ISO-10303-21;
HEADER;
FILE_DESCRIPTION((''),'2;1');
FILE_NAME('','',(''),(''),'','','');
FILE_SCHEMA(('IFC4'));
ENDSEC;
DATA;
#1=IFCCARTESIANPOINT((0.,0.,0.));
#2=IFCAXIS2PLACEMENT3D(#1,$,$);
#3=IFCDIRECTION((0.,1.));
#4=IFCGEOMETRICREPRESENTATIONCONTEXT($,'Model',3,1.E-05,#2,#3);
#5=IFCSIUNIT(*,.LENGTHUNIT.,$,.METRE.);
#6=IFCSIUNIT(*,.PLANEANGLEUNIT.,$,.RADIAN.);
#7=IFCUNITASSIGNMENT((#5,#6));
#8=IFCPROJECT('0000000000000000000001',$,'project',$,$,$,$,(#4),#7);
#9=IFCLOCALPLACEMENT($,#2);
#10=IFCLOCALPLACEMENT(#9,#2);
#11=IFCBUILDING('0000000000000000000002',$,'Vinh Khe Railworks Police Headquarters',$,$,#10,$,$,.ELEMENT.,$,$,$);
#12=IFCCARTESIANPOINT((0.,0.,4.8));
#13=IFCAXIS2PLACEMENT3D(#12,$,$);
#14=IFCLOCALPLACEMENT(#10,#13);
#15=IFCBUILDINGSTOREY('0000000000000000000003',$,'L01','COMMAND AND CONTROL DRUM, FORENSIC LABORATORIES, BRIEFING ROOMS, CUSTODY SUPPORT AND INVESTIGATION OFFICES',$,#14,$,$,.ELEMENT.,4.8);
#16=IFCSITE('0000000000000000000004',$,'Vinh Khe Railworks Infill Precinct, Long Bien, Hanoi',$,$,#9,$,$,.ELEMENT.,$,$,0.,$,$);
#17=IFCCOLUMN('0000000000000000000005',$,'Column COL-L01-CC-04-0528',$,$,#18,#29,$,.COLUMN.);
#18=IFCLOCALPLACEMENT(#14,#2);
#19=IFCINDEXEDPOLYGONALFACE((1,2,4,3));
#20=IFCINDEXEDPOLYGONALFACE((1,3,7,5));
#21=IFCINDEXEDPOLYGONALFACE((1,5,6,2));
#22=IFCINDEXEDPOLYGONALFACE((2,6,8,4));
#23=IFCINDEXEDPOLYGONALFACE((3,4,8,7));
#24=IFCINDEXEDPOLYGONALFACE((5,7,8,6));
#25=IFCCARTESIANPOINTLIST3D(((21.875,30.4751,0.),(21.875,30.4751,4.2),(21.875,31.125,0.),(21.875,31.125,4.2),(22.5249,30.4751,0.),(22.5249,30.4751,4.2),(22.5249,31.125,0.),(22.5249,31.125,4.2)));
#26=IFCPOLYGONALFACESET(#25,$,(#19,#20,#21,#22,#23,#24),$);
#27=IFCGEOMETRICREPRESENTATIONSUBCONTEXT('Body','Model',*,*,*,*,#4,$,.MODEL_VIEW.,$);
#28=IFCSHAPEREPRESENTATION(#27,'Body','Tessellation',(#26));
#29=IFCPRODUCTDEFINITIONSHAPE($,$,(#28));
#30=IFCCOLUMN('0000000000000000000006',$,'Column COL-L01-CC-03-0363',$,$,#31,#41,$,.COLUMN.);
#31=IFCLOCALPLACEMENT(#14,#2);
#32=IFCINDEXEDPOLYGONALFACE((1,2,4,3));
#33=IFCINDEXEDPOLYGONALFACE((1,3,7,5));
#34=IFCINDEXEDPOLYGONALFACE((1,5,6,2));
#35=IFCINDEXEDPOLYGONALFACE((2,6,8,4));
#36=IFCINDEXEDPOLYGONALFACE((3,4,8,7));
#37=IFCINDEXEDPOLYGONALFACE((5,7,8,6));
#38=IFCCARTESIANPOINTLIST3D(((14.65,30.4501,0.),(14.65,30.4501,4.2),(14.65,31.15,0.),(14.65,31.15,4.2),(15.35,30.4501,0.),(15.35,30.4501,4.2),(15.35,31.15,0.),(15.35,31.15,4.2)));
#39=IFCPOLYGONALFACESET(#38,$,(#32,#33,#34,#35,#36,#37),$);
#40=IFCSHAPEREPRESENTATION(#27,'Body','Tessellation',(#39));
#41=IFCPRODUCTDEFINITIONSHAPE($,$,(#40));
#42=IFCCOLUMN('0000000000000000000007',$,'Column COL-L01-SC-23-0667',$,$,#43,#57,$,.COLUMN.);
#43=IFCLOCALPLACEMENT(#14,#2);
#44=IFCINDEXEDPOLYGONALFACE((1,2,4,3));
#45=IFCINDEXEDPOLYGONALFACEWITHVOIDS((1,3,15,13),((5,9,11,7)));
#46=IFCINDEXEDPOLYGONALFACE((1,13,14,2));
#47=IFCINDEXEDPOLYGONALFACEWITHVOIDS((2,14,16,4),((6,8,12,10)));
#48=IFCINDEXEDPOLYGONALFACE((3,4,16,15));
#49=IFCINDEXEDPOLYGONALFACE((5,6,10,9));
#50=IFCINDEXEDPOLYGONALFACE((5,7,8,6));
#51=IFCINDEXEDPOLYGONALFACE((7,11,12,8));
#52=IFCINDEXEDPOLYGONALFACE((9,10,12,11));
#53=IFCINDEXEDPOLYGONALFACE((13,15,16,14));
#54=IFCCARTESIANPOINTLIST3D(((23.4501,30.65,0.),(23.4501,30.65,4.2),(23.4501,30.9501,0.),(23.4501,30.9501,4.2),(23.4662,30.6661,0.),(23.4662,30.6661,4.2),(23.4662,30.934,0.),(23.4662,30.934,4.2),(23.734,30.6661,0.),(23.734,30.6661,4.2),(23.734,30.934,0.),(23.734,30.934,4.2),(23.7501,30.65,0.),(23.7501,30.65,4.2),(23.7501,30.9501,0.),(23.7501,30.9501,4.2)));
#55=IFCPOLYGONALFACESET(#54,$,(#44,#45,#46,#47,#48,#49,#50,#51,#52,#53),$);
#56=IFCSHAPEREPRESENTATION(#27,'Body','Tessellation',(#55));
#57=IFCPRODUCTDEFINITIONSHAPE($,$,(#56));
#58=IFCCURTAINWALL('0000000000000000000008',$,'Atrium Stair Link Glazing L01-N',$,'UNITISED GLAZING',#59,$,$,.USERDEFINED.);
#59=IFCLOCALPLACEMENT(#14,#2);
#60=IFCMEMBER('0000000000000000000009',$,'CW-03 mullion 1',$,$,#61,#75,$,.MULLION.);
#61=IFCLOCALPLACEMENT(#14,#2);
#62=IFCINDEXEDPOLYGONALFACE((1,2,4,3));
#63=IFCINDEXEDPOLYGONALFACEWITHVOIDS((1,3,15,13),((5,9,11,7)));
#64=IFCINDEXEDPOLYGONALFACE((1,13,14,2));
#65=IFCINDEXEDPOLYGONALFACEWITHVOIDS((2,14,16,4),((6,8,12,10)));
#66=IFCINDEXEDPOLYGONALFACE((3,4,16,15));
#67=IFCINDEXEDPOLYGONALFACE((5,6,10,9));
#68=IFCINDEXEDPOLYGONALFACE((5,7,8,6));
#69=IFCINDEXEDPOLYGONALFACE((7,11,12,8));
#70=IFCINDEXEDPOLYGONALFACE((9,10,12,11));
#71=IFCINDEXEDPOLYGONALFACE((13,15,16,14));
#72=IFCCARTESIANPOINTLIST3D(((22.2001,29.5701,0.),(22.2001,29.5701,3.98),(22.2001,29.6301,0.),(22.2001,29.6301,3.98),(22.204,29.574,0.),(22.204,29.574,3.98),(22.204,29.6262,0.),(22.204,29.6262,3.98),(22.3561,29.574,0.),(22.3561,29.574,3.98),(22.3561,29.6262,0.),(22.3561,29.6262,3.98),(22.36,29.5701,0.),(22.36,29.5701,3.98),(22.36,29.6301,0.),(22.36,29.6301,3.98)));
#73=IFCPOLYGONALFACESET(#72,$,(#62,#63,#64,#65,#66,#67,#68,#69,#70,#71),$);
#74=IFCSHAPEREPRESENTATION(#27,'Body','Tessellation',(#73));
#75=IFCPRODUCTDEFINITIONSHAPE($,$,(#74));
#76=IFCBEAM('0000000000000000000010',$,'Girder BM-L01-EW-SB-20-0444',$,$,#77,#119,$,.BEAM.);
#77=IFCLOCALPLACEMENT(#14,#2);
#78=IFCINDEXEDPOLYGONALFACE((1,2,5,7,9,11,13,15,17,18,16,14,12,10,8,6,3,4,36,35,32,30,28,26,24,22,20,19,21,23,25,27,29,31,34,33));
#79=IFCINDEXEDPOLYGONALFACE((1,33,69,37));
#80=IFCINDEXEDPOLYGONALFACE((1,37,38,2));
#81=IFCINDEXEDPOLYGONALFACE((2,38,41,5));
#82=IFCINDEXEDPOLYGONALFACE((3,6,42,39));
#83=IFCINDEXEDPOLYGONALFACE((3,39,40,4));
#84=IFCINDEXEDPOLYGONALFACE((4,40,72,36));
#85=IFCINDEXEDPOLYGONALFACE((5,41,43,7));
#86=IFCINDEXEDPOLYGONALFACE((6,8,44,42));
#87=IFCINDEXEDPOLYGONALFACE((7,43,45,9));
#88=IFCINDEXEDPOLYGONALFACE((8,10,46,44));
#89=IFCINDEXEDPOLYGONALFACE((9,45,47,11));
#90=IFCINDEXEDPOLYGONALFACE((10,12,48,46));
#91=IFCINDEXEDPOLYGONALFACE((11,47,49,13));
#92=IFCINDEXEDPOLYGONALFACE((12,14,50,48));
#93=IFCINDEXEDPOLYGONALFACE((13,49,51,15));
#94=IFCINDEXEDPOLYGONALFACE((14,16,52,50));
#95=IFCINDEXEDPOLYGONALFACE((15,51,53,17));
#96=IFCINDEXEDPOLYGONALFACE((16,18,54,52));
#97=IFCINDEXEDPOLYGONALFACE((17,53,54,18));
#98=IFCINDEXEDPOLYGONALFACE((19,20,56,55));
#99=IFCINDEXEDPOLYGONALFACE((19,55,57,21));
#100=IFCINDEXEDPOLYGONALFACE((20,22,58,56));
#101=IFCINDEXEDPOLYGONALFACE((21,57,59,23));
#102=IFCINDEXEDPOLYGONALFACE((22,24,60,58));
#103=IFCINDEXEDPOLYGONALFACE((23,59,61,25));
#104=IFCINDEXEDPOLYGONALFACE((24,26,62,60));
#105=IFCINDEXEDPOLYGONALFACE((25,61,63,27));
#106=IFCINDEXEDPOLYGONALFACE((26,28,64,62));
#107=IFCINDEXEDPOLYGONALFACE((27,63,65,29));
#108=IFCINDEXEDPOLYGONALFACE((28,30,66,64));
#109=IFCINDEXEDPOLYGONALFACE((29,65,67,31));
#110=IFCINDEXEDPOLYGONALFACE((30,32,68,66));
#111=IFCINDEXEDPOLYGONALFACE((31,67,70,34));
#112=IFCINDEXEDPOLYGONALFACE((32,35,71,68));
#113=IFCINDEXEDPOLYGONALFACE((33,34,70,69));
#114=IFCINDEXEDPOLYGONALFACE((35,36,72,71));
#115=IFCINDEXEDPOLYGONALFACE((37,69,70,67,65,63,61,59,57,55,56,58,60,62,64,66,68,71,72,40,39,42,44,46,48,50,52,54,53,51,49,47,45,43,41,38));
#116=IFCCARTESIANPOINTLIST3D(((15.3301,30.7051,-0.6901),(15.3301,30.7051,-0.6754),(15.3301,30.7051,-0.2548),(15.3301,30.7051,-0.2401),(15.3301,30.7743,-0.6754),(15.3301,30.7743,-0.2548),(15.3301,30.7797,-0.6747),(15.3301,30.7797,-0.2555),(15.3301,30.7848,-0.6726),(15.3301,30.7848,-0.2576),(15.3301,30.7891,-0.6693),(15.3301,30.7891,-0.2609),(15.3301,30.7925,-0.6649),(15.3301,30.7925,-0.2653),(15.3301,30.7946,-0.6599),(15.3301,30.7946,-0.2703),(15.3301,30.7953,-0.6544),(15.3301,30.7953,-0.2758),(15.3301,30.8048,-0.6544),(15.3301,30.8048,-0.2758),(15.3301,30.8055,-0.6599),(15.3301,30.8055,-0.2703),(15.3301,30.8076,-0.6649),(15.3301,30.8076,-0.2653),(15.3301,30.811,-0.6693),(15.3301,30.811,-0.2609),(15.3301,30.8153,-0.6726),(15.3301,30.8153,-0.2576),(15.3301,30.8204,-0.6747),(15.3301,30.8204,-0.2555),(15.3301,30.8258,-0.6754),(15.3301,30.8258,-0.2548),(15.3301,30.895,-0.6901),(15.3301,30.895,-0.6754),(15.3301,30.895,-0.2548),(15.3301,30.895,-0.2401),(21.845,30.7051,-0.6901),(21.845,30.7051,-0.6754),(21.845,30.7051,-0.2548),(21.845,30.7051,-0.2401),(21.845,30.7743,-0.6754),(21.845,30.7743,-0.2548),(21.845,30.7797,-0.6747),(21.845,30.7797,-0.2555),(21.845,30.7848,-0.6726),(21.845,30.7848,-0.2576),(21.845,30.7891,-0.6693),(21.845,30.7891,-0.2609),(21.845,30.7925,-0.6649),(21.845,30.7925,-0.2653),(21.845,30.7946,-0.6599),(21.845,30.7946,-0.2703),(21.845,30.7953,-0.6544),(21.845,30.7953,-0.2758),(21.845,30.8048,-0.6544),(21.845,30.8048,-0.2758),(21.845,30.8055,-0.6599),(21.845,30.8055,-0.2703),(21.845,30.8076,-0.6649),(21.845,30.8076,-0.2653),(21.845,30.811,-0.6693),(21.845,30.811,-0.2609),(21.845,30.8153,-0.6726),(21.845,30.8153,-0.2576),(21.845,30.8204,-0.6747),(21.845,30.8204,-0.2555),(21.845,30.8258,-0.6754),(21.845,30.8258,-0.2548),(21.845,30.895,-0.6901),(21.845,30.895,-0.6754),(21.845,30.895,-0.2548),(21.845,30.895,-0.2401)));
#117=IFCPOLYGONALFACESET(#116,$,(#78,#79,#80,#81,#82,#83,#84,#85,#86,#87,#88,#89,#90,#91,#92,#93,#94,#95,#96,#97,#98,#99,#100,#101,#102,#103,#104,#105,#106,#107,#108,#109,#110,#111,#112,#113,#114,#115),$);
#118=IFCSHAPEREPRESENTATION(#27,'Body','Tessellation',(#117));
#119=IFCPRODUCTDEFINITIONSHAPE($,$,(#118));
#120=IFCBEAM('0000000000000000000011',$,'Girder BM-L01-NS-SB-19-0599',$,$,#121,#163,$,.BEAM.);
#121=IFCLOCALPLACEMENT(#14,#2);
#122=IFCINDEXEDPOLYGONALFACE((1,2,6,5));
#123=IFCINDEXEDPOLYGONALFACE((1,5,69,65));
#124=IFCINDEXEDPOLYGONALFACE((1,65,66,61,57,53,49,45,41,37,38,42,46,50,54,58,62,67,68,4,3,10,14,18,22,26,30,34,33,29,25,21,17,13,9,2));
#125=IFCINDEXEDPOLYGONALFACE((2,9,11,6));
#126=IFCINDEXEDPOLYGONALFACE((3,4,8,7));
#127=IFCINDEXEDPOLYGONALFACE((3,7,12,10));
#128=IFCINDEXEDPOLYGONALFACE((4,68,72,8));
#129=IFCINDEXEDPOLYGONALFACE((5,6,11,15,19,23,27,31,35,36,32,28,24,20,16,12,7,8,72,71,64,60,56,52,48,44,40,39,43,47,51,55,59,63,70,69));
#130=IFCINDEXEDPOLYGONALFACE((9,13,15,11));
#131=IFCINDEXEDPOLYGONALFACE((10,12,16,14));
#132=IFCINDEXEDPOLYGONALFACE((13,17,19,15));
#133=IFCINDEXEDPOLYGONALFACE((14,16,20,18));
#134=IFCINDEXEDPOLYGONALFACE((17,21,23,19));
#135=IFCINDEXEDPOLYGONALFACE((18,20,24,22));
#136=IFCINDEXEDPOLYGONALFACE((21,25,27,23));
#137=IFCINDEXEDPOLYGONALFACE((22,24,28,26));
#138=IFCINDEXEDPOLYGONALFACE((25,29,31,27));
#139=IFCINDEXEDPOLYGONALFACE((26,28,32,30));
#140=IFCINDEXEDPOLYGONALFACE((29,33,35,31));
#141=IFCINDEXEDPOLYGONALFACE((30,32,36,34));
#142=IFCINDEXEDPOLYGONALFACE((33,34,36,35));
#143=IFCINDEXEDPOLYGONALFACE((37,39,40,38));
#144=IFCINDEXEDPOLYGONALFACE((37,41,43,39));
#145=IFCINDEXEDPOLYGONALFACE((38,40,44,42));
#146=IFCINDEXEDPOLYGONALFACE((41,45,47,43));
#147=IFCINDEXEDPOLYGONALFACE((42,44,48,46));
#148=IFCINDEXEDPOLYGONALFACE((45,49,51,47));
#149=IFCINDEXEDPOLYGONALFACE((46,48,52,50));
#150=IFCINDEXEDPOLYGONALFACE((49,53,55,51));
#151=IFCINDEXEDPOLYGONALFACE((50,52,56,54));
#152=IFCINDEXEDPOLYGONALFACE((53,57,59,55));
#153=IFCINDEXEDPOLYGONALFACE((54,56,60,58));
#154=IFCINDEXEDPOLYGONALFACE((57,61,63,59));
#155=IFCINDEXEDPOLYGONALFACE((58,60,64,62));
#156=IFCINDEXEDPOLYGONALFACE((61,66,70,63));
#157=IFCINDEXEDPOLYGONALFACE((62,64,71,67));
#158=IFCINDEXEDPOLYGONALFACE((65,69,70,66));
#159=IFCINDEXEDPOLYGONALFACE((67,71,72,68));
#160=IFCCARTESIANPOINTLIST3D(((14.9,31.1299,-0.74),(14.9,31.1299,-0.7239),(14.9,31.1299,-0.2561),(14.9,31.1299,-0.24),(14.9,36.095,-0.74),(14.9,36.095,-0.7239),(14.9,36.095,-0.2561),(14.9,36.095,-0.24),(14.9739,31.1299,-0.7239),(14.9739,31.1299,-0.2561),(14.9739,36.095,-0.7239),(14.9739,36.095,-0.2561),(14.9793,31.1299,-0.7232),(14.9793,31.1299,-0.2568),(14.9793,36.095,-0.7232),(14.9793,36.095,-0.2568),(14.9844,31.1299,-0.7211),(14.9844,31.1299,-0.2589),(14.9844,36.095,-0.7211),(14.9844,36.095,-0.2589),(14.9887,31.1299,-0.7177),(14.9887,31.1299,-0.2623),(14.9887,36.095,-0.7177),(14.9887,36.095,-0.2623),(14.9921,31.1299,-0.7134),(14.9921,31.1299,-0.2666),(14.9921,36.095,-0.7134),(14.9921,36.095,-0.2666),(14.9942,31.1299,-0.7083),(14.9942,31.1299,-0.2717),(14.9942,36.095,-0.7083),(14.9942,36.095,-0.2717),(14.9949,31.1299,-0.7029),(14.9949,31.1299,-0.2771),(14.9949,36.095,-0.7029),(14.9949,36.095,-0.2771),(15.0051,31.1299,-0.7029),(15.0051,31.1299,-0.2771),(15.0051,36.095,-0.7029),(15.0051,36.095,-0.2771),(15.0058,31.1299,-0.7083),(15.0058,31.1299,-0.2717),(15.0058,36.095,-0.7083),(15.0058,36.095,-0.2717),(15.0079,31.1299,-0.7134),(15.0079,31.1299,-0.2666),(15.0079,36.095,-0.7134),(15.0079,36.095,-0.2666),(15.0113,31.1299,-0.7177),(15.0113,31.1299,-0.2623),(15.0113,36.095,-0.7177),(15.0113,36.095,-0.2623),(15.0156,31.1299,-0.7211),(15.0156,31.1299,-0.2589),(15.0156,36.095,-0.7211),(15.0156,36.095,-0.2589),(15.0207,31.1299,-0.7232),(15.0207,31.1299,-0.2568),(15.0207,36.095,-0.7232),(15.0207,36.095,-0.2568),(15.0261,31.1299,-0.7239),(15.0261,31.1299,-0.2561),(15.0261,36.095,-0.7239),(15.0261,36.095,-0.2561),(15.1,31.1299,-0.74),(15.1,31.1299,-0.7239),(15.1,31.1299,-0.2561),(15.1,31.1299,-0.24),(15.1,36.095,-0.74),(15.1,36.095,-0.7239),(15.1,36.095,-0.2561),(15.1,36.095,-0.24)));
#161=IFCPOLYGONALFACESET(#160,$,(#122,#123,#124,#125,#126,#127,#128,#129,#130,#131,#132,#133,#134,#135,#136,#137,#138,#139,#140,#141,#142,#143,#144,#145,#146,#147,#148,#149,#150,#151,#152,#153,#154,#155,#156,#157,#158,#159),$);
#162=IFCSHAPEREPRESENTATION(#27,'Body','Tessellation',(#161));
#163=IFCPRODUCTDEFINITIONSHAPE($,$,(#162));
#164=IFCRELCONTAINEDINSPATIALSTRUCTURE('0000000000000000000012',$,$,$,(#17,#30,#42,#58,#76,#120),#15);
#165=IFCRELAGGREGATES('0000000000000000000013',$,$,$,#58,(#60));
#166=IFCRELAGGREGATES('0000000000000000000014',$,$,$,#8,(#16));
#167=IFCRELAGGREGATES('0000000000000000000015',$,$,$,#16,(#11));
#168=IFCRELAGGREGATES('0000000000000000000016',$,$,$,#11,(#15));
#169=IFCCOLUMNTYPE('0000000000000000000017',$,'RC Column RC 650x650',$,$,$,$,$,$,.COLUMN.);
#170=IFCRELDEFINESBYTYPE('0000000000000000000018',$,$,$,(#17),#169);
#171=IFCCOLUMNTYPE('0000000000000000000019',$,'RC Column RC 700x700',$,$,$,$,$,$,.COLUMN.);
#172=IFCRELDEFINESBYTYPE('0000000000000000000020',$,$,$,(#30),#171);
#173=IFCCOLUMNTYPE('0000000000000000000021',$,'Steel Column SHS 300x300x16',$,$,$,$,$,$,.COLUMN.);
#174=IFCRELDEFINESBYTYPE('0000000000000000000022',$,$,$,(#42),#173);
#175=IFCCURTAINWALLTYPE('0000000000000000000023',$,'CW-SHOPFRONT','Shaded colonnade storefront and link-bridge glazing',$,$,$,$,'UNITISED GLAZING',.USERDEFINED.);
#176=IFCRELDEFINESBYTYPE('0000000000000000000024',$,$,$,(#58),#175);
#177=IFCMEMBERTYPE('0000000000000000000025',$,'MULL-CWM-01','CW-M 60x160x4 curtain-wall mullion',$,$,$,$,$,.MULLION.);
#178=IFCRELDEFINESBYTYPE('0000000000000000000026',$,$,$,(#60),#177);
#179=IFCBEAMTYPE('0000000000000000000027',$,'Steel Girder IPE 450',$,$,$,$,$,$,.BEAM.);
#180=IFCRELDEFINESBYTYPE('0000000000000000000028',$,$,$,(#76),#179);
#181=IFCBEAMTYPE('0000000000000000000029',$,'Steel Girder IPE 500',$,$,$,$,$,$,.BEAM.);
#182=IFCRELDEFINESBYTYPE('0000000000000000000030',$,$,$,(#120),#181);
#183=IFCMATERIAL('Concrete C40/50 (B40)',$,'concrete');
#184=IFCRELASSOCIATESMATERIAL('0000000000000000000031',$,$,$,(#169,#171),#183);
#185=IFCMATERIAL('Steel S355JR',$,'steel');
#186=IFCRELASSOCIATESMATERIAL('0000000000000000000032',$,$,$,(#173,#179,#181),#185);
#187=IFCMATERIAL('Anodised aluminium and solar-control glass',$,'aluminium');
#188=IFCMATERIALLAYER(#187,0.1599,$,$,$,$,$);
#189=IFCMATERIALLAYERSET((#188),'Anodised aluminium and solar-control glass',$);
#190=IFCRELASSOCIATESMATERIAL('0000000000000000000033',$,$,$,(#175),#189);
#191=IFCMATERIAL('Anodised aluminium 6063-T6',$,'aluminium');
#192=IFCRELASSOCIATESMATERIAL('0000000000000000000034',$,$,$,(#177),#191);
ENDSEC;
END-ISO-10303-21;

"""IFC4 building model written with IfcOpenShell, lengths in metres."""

from ifc_helpers import new_model, si_unit, direction, frame, origin, origin_2d, place, context, subcontext, project, spatial, rectangle, hollow_rectangle, i_section, extrude, material, layer, layer_set, material_profile, profile_set, type_object, element, aggregate, save


model = new_model("IFC4")

# Units and contexts
model_context = context("Model", 3, precision=1e-05, world=origin(), true_north=direction((0.0, 1.0)))
body_context = subcontext(model_context, "Body", "Model", "MODEL_VIEW")
ifc_project = project(units=[si_unit("LENGTHUNIT", "METRE"), si_unit("PLANEANGLEUNIT", "RADIAN")], contexts=[model_context])

# Site, building, storey
site_placement = place(None, origin())
site = spatial("IfcSite", under=ifc_project, at=site_placement, Name="Vinh Khe Railworks Infill Precinct, Long Bien, Hanoi", CompositionType="ELEMENT", RefElevation=0.0)
building_placement = place(site_placement, origin())
building = spatial("IfcBuilding", under=site, at=building_placement, Name="Vinh Khe Railworks Police Headquarters", CompositionType="ELEMENT")
storey_placement = place(building_placement, frame((0.0, 0.0, 4.8)))
storey = spatial("IfcBuildingStorey", under=building, at=storey_placement, Name="L01", Description="COMMAND AND CONTROL DRUM, FORENSIC LABORATORIES, BRIEFING ROOMS, CUSTODY SUPPORT AND INVESTIGATION OFFICES", CompositionType="ELEMENT", Elevation=4.8)

# Columns
ifc_material_1 = material(Name="Concrete C40/50 (B40)", Category="concrete")
ifc_material_profile_1 = material_profile(ifc_material_1, rectangle(XDim=0.6499, YDim=0.6499, at=origin_2d()), Name="RC 650x650")
ifc_profile_set_1 = profile_set([ifc_material_profile_1], Name="Concrete C40/50 (B40)")
column_type_1 = type_object("IfcColumnType", Name="RC Column RC 650x650", PredefinedType="COLUMN", material=ifc_profile_set_1)
column_1_placement = place(storey_placement, frame((22.2, 30.8, 0.0), z_axis=(0.0, 0.0, 1.0), x_axis=(1.0, 0.0, 0.0)))
element("IfcColumn", 1, at=column_1_placement, inside=storey, type_object=column_type_1, Name="Column COL-L01-CC-04-0528", PredefinedType="COLUMN", context=body_context, shape_type="SweptSolid", body=[
    extrude(rectangle(XDim=0.6499, YDim=0.6499, at=origin_2d()), origin(), (0.0, 0.0, 1.0), 4.2),
])
ifc_material_profile_2 = material_profile(ifc_material_1, rectangle(XDim=0.7, YDim=0.7, at=origin_2d()), Name="RC 700x700")
ifc_profile_set_2 = profile_set([ifc_material_profile_2], Name="Concrete C40/50 (B40)")
column_type_2 = type_object("IfcColumnType", Name="RC Column RC 700x700", PredefinedType="COLUMN", material=ifc_profile_set_2)
column_2_placement = place(storey_placement, frame((15.0, 30.8, 0.0), z_axis=(0.0, 0.0, 1.0), x_axis=(1.0, 0.0, 0.0)))
element("IfcColumn", 2, at=column_2_placement, inside=storey, type_object=column_type_2, Name="Column COL-L01-CC-03-0363", PredefinedType="COLUMN", context=body_context, shape_type="SweptSolid", body=[
    extrude(rectangle(XDim=0.7, YDim=0.7, at=origin_2d()), origin(), (0.0, 0.0, 1.0), 4.2),
])
ifc_material_2 = material(Name="Steel S355JR", Category="steel")
ifc_material_profile_3 = material_profile(ifc_material_2, hollow_rectangle(XDim=0.3, YDim=0.3, WallThickness=0.0161, at=origin_2d()), Name="SHS 300x300x16")
ifc_profile_set_3 = profile_set([ifc_material_profile_3], Name="Steel S355JR")
column_type_3 = type_object("IfcColumnType", Name="Steel Column SHS 300x300x16", PredefinedType="COLUMN", material=ifc_profile_set_3)
column_3_placement = place(storey_placement, frame((23.6001, 30.8, 0.0), z_axis=(0.0, 0.0, 1.0), x_axis=(1.0, 0.0, 0.0)))
element("IfcColumn", 3, at=column_3_placement, inside=storey, type_object=column_type_3, Name="Column COL-L01-SC-23-0667", PredefinedType="COLUMN", context=body_context, shape_type="SweptSolid", body=[
    extrude(hollow_rectangle(XDim=0.3, YDim=0.3, WallThickness=0.0161, at=origin_2d()), origin(), (0.0, 0.0, 1.0), 4.2),
])

# Curtain wall, member
ifc_material_3 = material(Name="Anodised aluminium and solar-control glass", Category="aluminium")
ifc_layer_1 = layer(ifc_material_3, 0.1599)
ifc_layer_set_1 = layer_set([ifc_layer_1], Name="Anodised aluminium and solar-control glass")
curtain_wall_type = type_object("IfcCurtainWallType", Name="CW-SHOPFRONT", Description="Shaded colonnade storefront and link-bridge glazing", ElementType="UNITISED GLAZING", PredefinedType="USERDEFINED", material=ifc_layer_set_1)
curtain_wall_1_placement = place(storey_placement, origin())
curtain_wall_1 = element("IfcCurtainWall", 4, at=curtain_wall_1_placement, inside=storey, type_object=curtain_wall_type, Name="Atrium Stair Link Glazing L01-N", ObjectType="UNITISED GLAZING", PredefinedType="USERDEFINED")
ifc_material_4 = material(Name="Anodised aluminium 6063-T6", Category="aluminium")
ifc_material_profile_4 = material_profile(ifc_material_4, hollow_rectangle(XDim=0.0601, YDim=0.1599, WallThickness=0.0039, at=origin_2d()), Name="CW-M 60x160x4")
ifc_profile_set_4 = profile_set([ifc_material_profile_4], Name="Anodised aluminium 6063-T6")
member_type_1 = type_object("IfcMemberType", Name="MULL-CWM-01", Description="CW-M 60x160x4 curtain-wall mullion", PredefinedType="MULLION", material=ifc_profile_set_4)
member_1_placement = place(storey_placement, frame((22.28, 29.6001, 0.0), z_axis=(0.0, 0.0, 1.0), x_axis=(0.0, 1.0, 0.0)))
member_1 = element("IfcMember", 5, at=member_1_placement, type_object=member_type_1, Name="CW-03 mullion 1", PredefinedType="MULLION", context=body_context, shape_type="SweptSolid", body=[
    extrude(hollow_rectangle(XDim=0.0601, YDim=0.1599, WallThickness=0.0039, at=origin_2d()), origin(), (0.0, 0.0, 1.0), 3.98),
])

# Beams
ifc_material_profile_5 = material_profile(ifc_material_2, i_section(OverallWidth=0.1899, OverallDepth=0.45, WebThickness=0.0095, FlangeThickness=0.0146, FilletRadius=0.021, at=origin_2d()), Name="IPE 450")
ifc_profile_set_5 = profile_set([ifc_material_profile_5], Name="Steel S355JR")
beam_type_1 = type_object("IfcBeamType", Name="Steel Girder IPE 450", PredefinedType="BEAM", material=ifc_profile_set_5)
beam_1_placement = place(storey_placement, frame((15.3301, 30.8, -0.4651), z_axis=(1.0, 0.0, 0.0), x_axis=(0.0, 1.0, 0.0)))
element("IfcBeam", 6, at=beam_1_placement, inside=storey, type_object=beam_type_1, Name="Girder BM-L01-EW-SB-20-0444", PredefinedType="BEAM", context=body_context, shape_type="SweptSolid", body=[
    extrude(i_section(OverallWidth=0.1899, OverallDepth=0.45, WebThickness=0.0095, FlangeThickness=0.0146, FilletRadius=0.021, at=origin_2d()), origin(), (0.0, 0.0, 1.0), 6.5149),
])
ifc_material_profile_6 = material_profile(ifc_material_2, i_section(OverallWidth=0.2, OverallDepth=0.5, WebThickness=0.0103, FlangeThickness=0.0161, FilletRadius=0.021, at=origin_2d()), Name="IPE 500")
ifc_profile_set_6 = profile_set([ifc_material_profile_6], Name="Steel S355JR")
beam_type_2 = type_object("IfcBeamType", Name="Steel Girder IPE 500", PredefinedType="BEAM", material=ifc_profile_set_6)
beam_2_placement = place(storey_placement, frame((15.0, 31.1299, -0.49), z_axis=(0.0, 1.0, 0.0), x_axis=(-1.0, 0.0, 0.0)))
element("IfcBeam", 7, at=beam_2_placement, inside=storey, type_object=beam_type_2, Name="Girder BM-L01-NS-SB-19-0599", PredefinedType="BEAM", context=body_context, shape_type="SweptSolid", body=[
    extrude(i_section(OverallWidth=0.2, OverallDepth=0.5, WebThickness=0.0103, FlangeThickness=0.0161, FilletRadius=0.021, at=origin_2d()), origin(), (0.0, 0.0, 1.0), 4.9651),
])

aggregate(curtain_wall_1, [member_1])

save(model, "model.ifc")
